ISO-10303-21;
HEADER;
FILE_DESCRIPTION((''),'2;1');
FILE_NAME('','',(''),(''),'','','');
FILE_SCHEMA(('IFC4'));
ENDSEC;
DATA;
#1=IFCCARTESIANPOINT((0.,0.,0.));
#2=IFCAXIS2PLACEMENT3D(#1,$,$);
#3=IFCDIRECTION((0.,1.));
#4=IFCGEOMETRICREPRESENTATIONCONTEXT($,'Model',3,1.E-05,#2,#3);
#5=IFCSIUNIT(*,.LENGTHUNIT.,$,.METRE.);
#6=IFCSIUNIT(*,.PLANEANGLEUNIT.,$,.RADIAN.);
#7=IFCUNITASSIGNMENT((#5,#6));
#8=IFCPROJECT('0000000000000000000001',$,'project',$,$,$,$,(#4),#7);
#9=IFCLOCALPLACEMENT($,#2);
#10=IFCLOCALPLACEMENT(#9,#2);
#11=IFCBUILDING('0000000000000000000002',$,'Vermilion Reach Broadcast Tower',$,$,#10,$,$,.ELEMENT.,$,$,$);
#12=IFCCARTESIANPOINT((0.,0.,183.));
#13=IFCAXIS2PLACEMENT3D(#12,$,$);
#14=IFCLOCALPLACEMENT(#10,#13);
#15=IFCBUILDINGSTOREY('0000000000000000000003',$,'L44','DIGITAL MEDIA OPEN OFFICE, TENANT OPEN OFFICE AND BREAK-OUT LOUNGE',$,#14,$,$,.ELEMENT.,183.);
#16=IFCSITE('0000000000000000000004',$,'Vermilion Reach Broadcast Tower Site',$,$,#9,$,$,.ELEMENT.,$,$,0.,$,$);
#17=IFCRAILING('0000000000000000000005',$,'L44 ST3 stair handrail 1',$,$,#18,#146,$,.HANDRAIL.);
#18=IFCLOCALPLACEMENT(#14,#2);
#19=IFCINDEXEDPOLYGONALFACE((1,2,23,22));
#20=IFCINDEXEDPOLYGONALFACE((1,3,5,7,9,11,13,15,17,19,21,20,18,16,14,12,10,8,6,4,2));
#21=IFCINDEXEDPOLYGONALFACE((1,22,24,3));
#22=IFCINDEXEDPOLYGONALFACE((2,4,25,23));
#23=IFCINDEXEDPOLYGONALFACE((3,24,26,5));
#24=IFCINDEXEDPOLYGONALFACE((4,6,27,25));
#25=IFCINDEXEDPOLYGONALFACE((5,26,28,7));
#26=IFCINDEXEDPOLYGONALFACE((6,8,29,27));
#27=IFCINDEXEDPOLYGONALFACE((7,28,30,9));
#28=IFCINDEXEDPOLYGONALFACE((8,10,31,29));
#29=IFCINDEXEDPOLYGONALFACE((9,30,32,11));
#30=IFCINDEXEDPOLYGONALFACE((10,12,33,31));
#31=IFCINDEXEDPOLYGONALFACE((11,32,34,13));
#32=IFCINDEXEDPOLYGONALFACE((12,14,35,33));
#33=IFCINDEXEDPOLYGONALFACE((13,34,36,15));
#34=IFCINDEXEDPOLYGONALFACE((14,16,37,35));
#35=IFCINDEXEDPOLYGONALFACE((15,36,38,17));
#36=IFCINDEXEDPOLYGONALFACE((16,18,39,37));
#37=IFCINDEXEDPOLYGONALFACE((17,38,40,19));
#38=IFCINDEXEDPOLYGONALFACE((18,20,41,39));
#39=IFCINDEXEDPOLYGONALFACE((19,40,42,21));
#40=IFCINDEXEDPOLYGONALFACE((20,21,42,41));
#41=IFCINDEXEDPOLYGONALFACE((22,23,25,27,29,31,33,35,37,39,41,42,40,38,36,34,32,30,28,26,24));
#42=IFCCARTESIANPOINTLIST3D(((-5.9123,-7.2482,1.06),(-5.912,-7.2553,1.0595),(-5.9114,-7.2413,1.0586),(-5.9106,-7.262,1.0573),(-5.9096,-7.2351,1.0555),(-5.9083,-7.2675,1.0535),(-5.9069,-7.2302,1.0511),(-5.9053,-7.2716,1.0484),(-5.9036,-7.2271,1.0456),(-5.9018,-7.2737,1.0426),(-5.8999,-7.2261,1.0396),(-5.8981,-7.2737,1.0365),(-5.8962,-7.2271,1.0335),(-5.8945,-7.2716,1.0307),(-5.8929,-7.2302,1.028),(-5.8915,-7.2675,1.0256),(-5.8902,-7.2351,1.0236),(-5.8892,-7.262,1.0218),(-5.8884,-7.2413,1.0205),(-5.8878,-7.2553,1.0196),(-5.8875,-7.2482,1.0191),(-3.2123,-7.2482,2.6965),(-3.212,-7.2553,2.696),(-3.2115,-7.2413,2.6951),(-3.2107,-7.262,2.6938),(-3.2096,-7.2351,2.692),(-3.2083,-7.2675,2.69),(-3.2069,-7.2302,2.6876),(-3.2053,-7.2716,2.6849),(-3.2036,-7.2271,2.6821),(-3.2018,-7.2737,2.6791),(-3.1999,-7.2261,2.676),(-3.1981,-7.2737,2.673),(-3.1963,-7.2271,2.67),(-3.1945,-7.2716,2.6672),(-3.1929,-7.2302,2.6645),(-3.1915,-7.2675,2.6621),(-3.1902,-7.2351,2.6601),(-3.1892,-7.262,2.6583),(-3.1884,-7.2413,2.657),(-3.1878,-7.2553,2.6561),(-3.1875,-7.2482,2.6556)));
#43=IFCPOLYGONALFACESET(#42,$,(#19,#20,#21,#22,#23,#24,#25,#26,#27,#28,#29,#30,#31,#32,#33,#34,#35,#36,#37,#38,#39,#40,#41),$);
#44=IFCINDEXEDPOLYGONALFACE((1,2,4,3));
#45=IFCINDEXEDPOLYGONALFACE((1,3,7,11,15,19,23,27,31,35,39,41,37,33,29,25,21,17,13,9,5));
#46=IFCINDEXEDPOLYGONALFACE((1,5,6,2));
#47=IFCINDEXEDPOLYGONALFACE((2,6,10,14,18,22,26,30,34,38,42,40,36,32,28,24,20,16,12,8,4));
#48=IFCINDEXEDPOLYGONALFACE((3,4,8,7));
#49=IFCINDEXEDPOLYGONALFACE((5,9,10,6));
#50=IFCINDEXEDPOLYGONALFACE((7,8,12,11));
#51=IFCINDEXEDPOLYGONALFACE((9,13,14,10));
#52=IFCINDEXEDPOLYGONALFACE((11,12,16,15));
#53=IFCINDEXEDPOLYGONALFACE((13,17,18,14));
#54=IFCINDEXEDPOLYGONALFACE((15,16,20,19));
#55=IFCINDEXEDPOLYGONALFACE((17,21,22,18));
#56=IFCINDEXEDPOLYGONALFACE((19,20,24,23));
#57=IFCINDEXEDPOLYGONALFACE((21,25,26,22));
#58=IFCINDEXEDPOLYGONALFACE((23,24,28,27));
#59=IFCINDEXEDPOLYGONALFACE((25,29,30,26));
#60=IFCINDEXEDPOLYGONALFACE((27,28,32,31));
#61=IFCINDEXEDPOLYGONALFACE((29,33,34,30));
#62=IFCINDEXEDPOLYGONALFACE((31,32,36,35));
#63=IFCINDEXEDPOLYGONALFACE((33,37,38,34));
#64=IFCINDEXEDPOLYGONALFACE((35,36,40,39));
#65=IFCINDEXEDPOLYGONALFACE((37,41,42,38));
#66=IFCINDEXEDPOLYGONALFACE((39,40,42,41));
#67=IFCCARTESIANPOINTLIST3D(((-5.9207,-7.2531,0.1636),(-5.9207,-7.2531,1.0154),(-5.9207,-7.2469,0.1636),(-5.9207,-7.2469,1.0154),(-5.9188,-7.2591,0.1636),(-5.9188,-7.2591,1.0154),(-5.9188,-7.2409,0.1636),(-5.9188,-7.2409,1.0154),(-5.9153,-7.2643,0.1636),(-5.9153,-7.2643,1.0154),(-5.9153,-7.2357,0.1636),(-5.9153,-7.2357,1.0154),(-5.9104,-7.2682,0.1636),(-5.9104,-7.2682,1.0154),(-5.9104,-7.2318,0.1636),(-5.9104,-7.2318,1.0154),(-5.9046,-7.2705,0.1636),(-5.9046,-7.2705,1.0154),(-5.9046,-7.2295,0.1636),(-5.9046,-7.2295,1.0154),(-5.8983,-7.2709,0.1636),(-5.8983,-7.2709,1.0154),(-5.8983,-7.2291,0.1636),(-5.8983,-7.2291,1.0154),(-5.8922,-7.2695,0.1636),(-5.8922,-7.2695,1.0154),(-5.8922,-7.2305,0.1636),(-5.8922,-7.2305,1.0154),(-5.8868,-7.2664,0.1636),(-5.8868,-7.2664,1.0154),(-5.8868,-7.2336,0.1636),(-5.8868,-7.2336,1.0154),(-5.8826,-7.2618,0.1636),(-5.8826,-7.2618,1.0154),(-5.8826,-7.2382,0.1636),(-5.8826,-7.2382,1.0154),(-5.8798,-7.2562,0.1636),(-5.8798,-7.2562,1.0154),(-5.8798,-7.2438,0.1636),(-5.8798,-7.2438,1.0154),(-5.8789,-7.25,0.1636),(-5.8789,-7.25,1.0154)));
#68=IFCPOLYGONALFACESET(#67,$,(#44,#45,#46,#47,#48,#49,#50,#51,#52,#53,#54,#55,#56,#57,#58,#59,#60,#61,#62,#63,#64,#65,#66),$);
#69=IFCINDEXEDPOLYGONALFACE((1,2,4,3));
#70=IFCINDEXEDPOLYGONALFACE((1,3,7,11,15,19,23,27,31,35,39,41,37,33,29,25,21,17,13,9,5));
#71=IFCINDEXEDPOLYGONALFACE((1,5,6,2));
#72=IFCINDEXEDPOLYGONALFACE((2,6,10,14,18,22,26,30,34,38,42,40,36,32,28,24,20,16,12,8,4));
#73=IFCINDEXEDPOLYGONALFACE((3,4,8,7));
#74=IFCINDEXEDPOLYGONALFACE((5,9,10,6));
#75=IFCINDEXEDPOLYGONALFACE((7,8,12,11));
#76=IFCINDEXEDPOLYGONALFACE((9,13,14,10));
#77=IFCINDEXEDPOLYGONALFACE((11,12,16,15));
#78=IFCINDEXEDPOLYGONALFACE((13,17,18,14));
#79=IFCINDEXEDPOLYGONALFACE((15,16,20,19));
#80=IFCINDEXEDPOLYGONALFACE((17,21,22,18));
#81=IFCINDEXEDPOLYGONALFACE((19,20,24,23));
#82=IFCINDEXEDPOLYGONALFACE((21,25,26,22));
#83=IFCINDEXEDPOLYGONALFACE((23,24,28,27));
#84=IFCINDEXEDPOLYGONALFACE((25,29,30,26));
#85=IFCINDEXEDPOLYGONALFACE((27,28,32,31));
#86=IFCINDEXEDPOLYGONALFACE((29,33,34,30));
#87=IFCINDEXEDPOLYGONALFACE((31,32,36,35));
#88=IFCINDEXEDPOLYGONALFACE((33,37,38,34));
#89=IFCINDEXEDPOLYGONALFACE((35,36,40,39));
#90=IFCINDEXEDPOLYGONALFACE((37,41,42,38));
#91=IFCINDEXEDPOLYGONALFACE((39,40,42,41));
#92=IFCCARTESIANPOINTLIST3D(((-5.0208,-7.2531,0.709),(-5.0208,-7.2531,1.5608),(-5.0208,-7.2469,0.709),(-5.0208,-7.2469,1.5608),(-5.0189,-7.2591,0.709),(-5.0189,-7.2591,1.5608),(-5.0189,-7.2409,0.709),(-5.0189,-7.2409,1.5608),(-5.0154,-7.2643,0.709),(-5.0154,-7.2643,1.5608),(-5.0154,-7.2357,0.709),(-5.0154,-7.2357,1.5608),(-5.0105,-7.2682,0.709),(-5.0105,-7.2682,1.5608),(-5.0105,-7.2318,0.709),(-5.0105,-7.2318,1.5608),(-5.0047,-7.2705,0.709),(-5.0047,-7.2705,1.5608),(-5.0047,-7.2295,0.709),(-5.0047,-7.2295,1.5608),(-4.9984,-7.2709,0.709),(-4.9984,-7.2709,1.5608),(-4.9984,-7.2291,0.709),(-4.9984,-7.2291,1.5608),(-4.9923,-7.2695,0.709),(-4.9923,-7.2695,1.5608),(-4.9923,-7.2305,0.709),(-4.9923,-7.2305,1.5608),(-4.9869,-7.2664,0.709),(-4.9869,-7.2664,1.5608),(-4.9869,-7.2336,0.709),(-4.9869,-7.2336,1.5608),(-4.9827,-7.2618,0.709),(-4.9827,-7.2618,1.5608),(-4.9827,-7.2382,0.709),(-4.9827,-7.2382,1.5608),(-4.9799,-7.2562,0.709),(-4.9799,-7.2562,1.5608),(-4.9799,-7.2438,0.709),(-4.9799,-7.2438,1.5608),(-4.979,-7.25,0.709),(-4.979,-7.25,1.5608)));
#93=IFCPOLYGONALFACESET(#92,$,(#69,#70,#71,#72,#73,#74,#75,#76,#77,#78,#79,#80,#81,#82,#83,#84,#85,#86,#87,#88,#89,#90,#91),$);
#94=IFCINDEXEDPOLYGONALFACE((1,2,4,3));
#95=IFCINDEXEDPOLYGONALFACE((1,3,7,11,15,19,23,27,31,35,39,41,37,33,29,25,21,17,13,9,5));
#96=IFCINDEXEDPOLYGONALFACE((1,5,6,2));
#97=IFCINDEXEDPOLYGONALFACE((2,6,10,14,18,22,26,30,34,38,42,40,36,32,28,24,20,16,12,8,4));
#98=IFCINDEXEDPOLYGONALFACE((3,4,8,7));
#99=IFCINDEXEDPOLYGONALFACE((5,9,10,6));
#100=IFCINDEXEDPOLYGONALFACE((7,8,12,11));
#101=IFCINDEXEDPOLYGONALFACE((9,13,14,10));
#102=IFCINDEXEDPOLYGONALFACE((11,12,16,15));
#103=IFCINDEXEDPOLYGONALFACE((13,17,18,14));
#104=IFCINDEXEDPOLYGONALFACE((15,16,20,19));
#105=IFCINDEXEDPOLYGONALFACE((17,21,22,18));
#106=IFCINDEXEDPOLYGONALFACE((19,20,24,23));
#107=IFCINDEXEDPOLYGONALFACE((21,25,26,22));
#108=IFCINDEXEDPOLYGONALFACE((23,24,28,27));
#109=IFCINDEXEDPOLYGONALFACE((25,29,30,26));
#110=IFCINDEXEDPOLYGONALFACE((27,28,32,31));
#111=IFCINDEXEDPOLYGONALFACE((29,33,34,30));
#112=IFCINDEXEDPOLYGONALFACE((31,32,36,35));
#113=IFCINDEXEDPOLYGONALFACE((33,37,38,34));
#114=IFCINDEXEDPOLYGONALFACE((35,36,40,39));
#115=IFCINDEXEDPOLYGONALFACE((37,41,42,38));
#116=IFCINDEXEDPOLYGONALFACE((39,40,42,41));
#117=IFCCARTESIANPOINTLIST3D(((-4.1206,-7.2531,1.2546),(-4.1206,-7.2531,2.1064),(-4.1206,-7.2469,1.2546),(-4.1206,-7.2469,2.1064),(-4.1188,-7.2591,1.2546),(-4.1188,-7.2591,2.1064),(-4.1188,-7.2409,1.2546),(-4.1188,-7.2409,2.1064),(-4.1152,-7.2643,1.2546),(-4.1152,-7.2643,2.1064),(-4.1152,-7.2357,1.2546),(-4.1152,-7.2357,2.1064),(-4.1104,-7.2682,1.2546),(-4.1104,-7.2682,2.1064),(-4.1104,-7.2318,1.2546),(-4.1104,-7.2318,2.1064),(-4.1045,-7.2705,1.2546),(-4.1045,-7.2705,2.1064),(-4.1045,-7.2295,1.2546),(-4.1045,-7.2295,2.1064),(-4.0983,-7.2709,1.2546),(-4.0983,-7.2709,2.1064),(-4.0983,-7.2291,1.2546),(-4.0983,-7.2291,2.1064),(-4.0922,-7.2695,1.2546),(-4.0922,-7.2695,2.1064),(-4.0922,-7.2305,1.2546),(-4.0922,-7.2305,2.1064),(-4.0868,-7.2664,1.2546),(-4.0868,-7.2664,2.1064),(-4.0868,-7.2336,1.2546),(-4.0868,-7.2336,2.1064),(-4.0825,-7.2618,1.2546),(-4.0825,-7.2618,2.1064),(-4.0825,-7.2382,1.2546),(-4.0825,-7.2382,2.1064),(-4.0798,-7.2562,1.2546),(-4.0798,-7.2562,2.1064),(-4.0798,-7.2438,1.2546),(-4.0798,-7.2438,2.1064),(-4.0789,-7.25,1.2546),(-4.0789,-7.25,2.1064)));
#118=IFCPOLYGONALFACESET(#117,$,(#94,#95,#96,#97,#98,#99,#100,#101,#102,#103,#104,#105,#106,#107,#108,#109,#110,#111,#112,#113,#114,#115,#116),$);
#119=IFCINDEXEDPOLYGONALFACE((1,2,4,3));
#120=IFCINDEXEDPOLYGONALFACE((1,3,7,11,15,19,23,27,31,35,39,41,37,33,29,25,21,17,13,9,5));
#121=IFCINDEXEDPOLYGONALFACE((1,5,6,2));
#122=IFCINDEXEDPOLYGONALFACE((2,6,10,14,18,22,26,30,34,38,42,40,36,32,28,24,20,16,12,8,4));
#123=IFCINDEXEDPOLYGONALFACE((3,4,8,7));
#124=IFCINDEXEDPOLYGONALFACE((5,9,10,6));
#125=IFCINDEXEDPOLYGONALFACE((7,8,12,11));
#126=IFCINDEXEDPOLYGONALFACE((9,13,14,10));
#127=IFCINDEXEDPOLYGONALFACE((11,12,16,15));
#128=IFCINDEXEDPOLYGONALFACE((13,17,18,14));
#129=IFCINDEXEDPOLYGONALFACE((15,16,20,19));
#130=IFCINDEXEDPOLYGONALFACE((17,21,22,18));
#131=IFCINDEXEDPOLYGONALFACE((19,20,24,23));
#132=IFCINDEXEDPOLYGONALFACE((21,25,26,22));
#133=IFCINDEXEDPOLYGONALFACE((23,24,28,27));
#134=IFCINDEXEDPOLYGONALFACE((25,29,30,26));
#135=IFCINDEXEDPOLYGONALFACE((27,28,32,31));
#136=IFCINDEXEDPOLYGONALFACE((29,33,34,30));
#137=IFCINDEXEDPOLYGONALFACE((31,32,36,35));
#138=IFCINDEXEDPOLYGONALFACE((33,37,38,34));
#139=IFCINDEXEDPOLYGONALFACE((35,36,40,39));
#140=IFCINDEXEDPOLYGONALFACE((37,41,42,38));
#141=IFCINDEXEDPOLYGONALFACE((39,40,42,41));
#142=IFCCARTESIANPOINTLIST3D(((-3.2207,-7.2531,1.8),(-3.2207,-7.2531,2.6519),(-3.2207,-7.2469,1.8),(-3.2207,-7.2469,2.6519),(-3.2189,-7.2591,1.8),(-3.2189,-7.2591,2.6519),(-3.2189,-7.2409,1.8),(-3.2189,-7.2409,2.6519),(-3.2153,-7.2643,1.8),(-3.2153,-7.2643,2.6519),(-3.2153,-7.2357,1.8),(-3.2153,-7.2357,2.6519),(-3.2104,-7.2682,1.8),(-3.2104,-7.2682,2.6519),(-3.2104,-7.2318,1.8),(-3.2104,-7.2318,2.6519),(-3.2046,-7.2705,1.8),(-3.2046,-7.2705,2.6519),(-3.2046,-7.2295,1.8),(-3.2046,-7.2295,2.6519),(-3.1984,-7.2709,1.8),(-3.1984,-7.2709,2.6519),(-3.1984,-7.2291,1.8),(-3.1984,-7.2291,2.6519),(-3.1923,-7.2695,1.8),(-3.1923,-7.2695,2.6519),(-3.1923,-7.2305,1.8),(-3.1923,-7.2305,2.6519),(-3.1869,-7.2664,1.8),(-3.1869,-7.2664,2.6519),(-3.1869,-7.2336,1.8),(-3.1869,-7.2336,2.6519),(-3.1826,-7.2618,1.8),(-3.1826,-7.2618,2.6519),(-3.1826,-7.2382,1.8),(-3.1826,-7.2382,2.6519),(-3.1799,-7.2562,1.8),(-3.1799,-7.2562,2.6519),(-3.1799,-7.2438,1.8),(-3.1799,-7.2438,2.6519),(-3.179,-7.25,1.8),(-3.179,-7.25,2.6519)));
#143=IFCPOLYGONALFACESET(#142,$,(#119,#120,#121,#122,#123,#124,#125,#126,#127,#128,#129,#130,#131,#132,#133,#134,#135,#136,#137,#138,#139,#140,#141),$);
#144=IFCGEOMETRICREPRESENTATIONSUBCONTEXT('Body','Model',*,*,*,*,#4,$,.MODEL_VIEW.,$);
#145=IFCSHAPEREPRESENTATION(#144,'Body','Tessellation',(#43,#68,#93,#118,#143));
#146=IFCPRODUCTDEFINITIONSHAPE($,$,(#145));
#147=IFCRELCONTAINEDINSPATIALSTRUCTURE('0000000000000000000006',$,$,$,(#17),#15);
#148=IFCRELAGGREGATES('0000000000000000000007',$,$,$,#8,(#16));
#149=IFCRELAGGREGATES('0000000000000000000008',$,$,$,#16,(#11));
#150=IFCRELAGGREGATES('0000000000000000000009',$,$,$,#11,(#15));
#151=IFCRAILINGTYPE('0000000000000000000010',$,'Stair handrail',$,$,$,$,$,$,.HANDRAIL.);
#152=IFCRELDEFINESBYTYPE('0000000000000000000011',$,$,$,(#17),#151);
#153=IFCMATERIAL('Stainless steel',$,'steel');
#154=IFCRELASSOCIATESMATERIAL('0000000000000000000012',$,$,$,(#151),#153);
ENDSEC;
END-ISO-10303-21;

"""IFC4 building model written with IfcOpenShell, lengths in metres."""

from ifc_helpers import new_model, si_unit, direction, frame, origin, origin_2d, place, context, subcontext, project, spatial, circle, extrude, material, type_object, element, save


model = new_model("IFC4")

# Units and contexts
model_context = context("Model", 3, precision=1e-05, world=origin(), true_north=direction((0.0, 1.0)))
body_context = subcontext(model_context, "Body", "Model", "MODEL_VIEW")
ifc_project = project(units=[si_unit("LENGTHUNIT", "METRE"), si_unit("PLANEANGLEUNIT", "RADIAN")], contexts=[model_context])

# Site, building, storey
site_placement = place(None, origin())
site = spatial("IfcSite", under=ifc_project, at=site_placement, Name="Vermilion Reach Broadcast Tower Site", CompositionType="ELEMENT", RefElevation=0.0)
building_placement = place(site_placement, origin())
building = spatial("IfcBuilding", under=site, at=building_placement, Name="Vermilion Reach Broadcast Tower", CompositionType="ELEMENT")
storey_placement = place(building_placement, frame((0.0, 0.0, 183.0)))
storey = spatial("IfcBuildingStorey", under=building, at=storey_placement, Name="L44", Description="DIGITAL MEDIA OPEN OFFICE, TENANT OPEN OFFICE AND BREAK-OUT LOUNGE", CompositionType="ELEMENT", Elevation=183.0)

# Railing
ifc_material_1 = material(Name="Stainless steel", Category="steel")
railing_type_1 = type_object("IfcRailingType", Name="Stair handrail", PredefinedType="HANDRAIL", material=ifc_material_1)
railing_1_placement = place(storey_placement, frame((-5.8999, -7.25, 0.1636)))
element("IfcRailing", 1, at=railing_1_placement, inside=storey, type_object=railing_type_1, Name="L44 ST3 stair handrail 1", PredefinedType="HANDRAIL", context=body_context, shape_type="SweptSolid", body=[
    extrude(circle(Radius=0.0239, at=origin_2d()), frame((0.0, 0.0, 0.876), z_axis=(0.855178, 0.0, 0.518334), x_axis=(0.0, 1.0, 0.0)), (0.0, 0.0, 1.0), 3.1572),
    extrude(circle(Radius=0.021, at=origin_2d()), origin(), (0.0, 0.0, 1.0), 0.8518),
    extrude(circle(Radius=0.021, at=origin_2d()), frame((0.8999, 0.0, 0.5454)), (0.0, 0.0, 1.0), 0.8518),
    extrude(circle(Radius=0.021, at=origin_2d()), frame((1.8, 0.0, 1.0911)), (0.0, 0.0, 1.0), 0.8518),
    extrude(circle(Radius=0.021, at=origin_2d()), frame((2.7, 0.0, 1.6365)), (0.0, 0.0, 1.0), 0.8518),
])

save(model, "model.ifc")
